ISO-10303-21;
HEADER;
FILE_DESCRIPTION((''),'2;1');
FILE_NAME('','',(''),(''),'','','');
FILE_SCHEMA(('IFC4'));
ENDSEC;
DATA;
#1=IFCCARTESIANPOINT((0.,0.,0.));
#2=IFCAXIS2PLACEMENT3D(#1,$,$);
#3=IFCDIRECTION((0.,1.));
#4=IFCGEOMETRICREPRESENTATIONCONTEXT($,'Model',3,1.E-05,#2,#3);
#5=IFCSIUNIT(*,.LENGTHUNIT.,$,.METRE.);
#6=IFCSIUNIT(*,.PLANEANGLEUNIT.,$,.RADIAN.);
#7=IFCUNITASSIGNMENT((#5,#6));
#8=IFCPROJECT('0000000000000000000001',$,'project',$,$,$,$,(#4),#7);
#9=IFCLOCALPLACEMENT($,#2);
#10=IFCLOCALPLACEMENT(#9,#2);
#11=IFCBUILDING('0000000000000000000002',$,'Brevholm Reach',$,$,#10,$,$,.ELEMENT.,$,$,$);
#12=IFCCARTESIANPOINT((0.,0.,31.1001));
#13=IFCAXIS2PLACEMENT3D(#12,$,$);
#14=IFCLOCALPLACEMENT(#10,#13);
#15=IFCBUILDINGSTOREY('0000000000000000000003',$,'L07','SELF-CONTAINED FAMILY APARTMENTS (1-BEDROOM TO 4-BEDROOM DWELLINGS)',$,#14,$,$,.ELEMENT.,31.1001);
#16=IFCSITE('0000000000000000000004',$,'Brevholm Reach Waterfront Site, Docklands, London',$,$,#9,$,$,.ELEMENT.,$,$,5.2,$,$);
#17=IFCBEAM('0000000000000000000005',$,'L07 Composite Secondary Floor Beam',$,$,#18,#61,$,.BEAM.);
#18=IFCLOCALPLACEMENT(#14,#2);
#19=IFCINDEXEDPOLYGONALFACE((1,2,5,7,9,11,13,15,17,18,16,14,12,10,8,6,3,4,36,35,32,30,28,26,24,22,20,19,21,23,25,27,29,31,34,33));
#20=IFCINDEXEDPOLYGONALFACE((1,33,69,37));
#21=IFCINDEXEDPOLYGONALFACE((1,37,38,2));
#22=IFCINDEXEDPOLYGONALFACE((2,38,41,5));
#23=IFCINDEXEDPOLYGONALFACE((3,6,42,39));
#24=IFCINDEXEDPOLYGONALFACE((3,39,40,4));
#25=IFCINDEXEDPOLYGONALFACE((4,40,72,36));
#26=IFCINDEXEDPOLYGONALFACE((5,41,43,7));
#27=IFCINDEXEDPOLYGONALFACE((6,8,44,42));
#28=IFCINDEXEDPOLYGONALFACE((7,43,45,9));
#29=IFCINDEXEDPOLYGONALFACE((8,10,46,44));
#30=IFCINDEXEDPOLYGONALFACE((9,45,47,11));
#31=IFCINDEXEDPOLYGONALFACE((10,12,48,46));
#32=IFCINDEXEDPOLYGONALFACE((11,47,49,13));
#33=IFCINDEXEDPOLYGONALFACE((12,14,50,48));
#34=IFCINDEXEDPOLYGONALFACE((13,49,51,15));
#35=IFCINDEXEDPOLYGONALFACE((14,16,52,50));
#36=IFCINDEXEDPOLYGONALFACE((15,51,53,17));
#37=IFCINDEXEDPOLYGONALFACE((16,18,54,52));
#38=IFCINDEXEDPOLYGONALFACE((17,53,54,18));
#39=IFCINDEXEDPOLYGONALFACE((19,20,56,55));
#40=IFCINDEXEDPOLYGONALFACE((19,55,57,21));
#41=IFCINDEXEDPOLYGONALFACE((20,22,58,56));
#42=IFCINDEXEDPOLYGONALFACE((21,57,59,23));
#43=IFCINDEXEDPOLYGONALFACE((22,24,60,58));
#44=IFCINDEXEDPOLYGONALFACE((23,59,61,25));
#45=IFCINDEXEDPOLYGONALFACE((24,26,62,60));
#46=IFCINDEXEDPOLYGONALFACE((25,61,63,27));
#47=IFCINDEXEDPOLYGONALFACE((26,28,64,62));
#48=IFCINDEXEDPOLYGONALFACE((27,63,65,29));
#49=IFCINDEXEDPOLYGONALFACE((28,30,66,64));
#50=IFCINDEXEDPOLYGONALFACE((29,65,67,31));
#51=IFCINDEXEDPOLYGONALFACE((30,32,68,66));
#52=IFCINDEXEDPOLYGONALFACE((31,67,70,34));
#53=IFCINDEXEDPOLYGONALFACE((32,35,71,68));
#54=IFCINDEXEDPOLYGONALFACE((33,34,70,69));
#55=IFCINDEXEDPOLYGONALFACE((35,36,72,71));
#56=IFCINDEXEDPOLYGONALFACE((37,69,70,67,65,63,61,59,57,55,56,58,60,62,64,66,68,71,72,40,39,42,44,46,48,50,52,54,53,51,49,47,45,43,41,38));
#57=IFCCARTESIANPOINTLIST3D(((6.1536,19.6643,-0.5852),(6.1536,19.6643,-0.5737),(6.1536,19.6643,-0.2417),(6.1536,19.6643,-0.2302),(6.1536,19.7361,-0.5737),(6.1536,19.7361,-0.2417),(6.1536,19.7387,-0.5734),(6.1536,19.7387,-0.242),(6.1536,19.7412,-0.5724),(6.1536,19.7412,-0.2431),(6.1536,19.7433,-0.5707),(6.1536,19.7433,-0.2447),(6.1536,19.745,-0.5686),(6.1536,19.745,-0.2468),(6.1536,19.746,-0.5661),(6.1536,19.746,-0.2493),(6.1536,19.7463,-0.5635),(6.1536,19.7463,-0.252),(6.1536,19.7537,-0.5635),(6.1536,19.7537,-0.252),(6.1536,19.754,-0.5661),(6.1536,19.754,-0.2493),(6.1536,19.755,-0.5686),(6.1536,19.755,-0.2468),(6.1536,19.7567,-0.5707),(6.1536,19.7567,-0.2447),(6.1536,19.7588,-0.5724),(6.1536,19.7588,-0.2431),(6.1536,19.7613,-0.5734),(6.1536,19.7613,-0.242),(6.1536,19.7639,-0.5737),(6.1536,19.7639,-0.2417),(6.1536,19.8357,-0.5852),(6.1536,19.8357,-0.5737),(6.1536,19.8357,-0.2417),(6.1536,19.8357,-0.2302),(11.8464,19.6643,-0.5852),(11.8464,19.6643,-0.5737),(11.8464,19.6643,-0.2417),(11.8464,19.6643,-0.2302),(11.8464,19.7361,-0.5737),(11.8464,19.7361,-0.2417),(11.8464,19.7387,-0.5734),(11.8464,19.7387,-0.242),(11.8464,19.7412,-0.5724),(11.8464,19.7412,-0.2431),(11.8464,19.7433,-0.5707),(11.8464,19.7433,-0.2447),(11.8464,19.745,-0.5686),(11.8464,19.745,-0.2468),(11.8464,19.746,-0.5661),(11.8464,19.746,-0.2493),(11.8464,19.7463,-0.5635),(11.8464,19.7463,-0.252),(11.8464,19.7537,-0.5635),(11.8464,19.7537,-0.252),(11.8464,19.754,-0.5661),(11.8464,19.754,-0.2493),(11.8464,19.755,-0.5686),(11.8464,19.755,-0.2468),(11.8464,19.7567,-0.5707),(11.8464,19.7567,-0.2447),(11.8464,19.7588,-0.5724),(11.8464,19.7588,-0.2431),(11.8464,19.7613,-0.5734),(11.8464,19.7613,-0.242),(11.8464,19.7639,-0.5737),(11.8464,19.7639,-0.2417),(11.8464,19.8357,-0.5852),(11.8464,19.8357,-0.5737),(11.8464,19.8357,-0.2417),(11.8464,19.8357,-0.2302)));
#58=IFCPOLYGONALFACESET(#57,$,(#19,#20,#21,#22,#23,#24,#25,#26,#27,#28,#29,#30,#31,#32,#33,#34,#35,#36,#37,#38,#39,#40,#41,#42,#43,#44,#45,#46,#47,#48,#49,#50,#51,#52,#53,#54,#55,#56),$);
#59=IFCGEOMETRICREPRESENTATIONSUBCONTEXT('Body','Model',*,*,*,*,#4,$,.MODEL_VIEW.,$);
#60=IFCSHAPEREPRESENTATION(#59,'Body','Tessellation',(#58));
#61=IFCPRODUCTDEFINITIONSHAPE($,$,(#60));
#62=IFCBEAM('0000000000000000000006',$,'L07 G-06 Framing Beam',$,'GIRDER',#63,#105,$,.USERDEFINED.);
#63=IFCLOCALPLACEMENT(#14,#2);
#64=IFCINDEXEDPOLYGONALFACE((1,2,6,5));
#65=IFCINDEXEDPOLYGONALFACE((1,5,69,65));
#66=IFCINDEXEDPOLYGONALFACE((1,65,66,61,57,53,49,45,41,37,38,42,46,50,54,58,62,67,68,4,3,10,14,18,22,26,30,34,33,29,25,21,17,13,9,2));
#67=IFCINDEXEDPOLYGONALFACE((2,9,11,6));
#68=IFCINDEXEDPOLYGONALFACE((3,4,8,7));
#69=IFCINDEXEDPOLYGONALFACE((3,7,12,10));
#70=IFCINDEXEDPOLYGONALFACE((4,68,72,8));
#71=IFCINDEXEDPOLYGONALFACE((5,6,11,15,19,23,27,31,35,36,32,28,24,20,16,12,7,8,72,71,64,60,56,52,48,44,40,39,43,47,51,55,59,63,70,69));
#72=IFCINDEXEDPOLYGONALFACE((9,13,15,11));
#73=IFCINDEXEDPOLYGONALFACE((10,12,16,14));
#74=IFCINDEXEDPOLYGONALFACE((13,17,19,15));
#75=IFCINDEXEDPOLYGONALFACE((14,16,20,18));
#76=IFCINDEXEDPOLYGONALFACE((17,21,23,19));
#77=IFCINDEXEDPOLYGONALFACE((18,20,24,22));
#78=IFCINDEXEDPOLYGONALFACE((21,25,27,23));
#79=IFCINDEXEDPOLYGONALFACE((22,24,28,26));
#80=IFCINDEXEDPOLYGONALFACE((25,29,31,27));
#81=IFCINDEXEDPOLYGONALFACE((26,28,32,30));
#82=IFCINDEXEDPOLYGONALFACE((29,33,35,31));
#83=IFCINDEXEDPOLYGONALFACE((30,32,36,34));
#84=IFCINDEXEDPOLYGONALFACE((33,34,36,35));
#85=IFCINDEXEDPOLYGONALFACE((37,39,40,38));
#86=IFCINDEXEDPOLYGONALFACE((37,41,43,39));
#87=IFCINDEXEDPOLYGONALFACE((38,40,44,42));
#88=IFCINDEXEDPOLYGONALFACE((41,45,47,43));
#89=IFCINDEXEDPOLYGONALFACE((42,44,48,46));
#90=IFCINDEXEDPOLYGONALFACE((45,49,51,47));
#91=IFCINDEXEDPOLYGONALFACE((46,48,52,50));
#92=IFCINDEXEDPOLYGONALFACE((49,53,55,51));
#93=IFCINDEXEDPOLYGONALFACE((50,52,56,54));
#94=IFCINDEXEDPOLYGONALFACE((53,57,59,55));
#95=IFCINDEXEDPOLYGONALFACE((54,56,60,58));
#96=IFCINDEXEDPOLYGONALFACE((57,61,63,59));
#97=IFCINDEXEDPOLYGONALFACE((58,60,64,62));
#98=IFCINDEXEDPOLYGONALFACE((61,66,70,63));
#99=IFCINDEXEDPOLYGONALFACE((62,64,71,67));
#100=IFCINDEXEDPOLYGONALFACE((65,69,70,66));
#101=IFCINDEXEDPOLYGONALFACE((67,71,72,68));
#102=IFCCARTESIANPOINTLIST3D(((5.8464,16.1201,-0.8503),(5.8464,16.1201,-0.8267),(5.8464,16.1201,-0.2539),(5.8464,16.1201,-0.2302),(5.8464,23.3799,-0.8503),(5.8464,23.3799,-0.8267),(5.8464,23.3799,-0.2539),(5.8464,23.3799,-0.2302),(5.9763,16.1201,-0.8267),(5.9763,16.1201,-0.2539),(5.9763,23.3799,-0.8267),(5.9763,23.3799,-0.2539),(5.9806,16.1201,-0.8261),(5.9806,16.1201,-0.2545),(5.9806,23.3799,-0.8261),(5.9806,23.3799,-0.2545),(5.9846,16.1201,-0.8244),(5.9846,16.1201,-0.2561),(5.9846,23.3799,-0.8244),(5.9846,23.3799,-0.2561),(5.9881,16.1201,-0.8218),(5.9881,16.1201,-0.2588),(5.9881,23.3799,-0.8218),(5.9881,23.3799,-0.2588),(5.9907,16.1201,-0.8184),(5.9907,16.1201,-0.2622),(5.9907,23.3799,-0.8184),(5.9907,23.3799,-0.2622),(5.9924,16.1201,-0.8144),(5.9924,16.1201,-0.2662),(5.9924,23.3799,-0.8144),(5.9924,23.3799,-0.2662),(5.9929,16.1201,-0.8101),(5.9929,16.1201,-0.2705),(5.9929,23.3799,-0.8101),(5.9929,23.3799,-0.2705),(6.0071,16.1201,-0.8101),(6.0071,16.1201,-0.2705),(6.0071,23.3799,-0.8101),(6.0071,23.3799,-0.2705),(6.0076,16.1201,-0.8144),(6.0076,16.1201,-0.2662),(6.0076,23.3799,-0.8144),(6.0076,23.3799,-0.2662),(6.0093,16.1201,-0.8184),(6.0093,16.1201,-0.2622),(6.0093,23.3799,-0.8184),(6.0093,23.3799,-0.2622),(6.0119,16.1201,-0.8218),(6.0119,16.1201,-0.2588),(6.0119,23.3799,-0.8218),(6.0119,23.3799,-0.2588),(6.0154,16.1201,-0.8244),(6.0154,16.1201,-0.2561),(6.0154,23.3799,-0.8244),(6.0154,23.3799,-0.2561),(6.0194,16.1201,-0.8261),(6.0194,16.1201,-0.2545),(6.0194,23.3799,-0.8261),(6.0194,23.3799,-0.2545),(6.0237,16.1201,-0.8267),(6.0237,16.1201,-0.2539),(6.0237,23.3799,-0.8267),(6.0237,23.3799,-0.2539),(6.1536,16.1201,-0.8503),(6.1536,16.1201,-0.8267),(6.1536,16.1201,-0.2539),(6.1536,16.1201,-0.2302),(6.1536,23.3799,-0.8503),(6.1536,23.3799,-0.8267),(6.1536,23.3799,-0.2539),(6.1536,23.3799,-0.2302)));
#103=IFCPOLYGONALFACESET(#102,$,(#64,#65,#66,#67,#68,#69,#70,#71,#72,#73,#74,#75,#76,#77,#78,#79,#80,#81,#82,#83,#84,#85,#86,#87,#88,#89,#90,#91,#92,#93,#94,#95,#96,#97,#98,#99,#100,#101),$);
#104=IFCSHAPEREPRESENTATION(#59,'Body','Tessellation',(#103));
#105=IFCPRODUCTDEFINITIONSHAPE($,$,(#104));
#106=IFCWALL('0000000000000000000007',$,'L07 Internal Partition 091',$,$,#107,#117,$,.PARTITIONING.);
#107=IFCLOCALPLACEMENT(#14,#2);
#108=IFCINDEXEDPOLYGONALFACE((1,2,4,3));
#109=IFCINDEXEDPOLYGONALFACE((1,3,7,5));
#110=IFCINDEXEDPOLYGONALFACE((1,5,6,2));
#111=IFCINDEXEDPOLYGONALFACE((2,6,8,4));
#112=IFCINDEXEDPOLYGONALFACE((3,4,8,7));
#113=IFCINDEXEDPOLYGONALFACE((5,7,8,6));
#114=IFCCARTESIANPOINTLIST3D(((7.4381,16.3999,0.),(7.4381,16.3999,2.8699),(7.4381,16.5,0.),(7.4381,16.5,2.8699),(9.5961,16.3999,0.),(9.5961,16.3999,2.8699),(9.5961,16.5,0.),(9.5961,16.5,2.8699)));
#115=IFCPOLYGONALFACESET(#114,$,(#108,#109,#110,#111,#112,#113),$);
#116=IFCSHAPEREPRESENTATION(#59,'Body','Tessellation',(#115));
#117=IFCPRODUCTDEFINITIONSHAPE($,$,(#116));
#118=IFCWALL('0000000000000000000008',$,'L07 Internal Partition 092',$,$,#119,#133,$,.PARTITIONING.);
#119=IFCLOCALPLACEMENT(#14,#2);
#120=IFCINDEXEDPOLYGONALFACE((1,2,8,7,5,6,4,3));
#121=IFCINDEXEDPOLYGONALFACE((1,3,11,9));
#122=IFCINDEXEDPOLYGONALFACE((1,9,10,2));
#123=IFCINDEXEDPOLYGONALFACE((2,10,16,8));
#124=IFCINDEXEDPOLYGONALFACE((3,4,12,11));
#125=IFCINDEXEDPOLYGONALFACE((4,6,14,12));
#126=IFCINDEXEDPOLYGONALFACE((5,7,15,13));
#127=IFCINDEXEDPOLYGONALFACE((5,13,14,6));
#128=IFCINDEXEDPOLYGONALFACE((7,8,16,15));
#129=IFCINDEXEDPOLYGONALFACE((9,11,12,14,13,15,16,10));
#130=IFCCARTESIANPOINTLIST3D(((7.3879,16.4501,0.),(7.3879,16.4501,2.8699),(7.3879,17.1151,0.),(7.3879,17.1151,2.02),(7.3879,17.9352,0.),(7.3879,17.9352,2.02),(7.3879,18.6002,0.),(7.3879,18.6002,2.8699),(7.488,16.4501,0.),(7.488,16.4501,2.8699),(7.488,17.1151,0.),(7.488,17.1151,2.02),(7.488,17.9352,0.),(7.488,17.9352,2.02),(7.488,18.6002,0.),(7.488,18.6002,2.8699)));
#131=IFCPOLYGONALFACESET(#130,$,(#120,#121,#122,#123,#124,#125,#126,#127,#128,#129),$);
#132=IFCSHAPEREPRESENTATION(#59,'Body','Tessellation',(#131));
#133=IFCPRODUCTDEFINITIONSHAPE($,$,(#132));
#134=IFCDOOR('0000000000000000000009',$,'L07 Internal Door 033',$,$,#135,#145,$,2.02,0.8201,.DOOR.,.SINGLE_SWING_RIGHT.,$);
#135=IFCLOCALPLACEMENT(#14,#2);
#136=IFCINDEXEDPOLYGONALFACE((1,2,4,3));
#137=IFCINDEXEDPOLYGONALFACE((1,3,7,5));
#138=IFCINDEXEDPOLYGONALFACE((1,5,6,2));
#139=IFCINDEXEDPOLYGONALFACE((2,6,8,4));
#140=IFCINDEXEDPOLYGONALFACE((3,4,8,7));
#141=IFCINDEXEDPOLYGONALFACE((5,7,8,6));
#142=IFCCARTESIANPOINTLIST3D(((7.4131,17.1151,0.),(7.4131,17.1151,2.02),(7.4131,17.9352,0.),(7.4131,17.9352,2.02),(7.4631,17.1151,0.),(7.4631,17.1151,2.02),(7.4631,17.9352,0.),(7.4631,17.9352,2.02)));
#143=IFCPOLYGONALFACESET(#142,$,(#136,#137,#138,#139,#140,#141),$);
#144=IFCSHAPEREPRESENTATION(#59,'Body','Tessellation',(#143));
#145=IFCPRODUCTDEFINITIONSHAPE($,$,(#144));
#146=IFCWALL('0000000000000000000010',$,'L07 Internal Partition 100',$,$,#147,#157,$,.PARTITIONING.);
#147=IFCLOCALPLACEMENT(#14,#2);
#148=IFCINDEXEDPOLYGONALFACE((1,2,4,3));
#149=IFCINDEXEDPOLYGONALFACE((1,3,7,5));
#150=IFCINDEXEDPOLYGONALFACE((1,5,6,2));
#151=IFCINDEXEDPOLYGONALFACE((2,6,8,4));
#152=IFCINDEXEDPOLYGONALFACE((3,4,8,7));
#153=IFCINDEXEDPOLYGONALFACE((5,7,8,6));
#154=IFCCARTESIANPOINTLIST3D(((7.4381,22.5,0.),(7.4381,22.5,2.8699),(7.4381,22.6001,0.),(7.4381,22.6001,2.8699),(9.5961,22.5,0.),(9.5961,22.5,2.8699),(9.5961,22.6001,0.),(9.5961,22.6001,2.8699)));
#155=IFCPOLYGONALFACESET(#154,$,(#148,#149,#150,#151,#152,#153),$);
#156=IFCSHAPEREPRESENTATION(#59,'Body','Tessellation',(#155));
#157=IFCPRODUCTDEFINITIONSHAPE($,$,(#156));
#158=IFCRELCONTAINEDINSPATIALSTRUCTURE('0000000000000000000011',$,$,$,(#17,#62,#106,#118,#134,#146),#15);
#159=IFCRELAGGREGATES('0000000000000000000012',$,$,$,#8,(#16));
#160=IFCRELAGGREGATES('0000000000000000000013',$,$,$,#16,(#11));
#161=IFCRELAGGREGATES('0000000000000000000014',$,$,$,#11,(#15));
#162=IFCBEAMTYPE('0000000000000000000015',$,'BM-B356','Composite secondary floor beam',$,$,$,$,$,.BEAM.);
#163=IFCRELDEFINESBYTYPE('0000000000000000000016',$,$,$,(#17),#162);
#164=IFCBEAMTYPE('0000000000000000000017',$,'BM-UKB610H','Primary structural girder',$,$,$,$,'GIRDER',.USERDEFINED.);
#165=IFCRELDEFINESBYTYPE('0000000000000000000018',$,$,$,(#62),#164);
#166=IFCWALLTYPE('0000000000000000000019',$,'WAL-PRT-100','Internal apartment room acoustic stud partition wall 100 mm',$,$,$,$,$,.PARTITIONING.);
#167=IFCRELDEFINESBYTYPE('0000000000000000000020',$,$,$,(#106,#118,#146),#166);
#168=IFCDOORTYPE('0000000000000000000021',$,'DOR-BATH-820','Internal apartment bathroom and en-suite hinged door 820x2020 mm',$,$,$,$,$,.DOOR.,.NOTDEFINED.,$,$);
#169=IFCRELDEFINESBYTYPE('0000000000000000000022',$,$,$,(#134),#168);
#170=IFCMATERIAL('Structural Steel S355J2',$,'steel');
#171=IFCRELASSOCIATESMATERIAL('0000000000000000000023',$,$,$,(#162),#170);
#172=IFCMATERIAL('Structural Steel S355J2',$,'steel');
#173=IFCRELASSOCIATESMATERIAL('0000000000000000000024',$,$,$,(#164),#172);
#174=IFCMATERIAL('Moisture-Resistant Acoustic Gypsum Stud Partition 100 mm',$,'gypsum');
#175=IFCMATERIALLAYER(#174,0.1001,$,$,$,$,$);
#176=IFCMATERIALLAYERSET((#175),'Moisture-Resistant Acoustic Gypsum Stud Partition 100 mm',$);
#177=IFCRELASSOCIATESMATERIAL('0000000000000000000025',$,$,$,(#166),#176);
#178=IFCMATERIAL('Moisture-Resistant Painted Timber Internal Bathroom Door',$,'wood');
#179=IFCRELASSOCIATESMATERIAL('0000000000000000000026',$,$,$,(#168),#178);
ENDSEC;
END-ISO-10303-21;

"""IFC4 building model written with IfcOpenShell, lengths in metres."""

from ifc_helpers import new_model, si_unit, direction, frame, frame_2d, origin, origin_2d, place, context, subcontext, project, spatial, rectangle, i_section, extrude, material, layer, layer_set, material_profile, profile_set, type_object, element, fill, save


model = new_model("IFC4")

# Units and contexts
model_context = context("Model", 3, precision=1e-05, world=origin(), true_north=direction((0.0, 1.0)))
body_context = subcontext(model_context, "Body", "Model", "MODEL_VIEW")
ifc_project = project(units=[si_unit("LENGTHUNIT", "METRE"), si_unit("PLANEANGLEUNIT", "RADIAN")], contexts=[model_context])

# Site, building, storey
site_placement = place(None, origin())
site = spatial("IfcSite", under=ifc_project, at=site_placement, Name="Brevholm Reach Waterfront Site, Docklands, London", CompositionType="ELEMENT", RefElevation=5.2)
building_placement = place(site_placement, origin())
building = spatial("IfcBuilding", under=site, at=building_placement, Name="Brevholm Reach", CompositionType="ELEMENT")
storey_placement = place(building_placement, frame((0.0, 0.0, 31.1001)))
storey = spatial("IfcBuildingStorey", under=building, at=storey_placement, Name="L07", Description="SELF-CONTAINED FAMILY APARTMENTS (1-BEDROOM TO 4-BEDROOM DWELLINGS)", CompositionType="ELEMENT", Elevation=31.1001)

# Beams
ifc_material_1 = material(Name="Structural Steel S355J2", Category="steel")
ifc_material_profile_1 = material_profile(ifc_material_1, i_section(OverallWidth=0.1714, OverallDepth=0.355, WebThickness=0.0073, FlangeThickness=0.0115, FilletRadius=0.0103, at=origin_2d()), Name="UKB 356x171x51")
ifc_profile_set_1 = profile_set([ifc_material_profile_1], Name="Structural Steel S355J2")
beam_type_1 = type_object("IfcBeamType", Name="BM-B356", Description="Composite secondary floor beam", PredefinedType="BEAM", material=ifc_profile_set_1)
beam_1_placement = place(storey_placement, frame((6.1536, 19.75, -0.4077), z_axis=(1.0, 0.0, 0.0), x_axis=(0.0, 1.0, 0.0)))
element("IfcBeam", 1, at=beam_1_placement, inside=storey, type_object=beam_type_1, Name="L07 Composite Secondary Floor Beam", PredefinedType="BEAM", context=body_context, shape_type="SweptSolid", body=[
    extrude(i_section(OverallWidth=0.1714, OverallDepth=0.355, WebThickness=0.0073, FlangeThickness=0.0115, FilletRadius=0.0103, at=origin_2d()), origin(), (0.0, 0.0, 1.0), 5.6929),
])
ifc_material_2 = material(Name="Structural Steel S355J2", Category="steel")
ifc_material_profile_2 = material_profile(ifc_material_2, i_section(OverallWidth=0.3071, OverallDepth=0.6201, WebThickness=0.0142, FlangeThickness=0.0237, FilletRadius=0.0166, at=origin_2d()), Name="UKB 610x305x179")
ifc_profile_set_2 = profile_set([ifc_material_profile_2], Name="Structural Steel S355J2")
beam_type_2 = type_object("IfcBeamType", Name="BM-UKB610H", Description="Primary structural girder", ElementType="GIRDER", PredefinedType="USERDEFINED", material=ifc_profile_set_2)
beam_2_placement = place(storey_placement, frame((6.0, 16.1201, -0.5403), z_axis=(0.0, 1.0, 0.0), x_axis=(-1.0, 0.0, 0.0)))
element("IfcBeam", 2, at=beam_2_placement, inside=storey, type_object=beam_type_2, Name="L07 G-06 Framing Beam", ObjectType="GIRDER", PredefinedType="USERDEFINED", context=body_context, shape_type="SweptSolid", body=[
    extrude(i_section(OverallWidth=0.3071, OverallDepth=0.6201, WebThickness=0.0142, FlangeThickness=0.0237, FilletRadius=0.0166, at=origin_2d()), origin(), (0.0, 0.0, 1.0), 7.2598),
])

# Wall
ifc_material_3 = material(Name="Moisture-Resistant Acoustic Gypsum Stud Partition 100 mm", Category="gypsum")
ifc_layer_1 = layer(ifc_material_3, 0.1001)
ifc_layer_set_1 = layer_set([ifc_layer_1], Name="Moisture-Resistant Acoustic Gypsum Stud Partition 100 mm")
wall_type_1 = type_object("IfcWallType", Name="WAL-PRT-100", Description="Internal apartment room acoustic stud partition wall 100 mm", PredefinedType="PARTITIONING", material=ifc_layer_set_1)
wall_1_placement = place(storey_placement, frame((7.438, 16.45, 0.0), z_axis=(0.0, 0.0, 1.0), x_axis=(1.0, 0.0, 0.0)))
element("IfcWall", 3, at=wall_1_placement, inside=storey, type_object=wall_type_1, Name="L07 Internal Partition 091", PredefinedType="PARTITIONING", context=body_context, shape_type="SweptSolid", body=[
    extrude(rectangle(XDim=2.158, YDim=0.1001, at=frame_2d((1.0791, 0.0))), origin(), (0.0, 0.0, 1.0), 2.8699),
])

# Wall, opening, door
wall_2_placement = place(storey_placement, frame((7.438, 16.45, 0.0), z_axis=(0.0, 0.0, 1.0), x_axis=(0.0, 1.0, 0.0)))
wall_2 = element("IfcWall", 4, at=wall_2_placement, inside=storey, type_object=wall_type_1, Name="L07 Internal Partition 092", PredefinedType="PARTITIONING", context=body_context, shape_type="SweptSolid", body=[
    extrude(rectangle(XDim=2.1501, YDim=0.1001, at=frame_2d((1.0752, 0.0))), origin(), (0.0, 0.0, 1.0), 2.8699),
])
opening_1_placement = place(wall_2_placement, frame((0.665, 0.0, 0.0)))
opening_1 = element("IfcOpeningElement", 5, at=opening_1_placement, cuts=wall_2, PredefinedType="OPENING", context=body_context, shape_type="SweptSolid", body=[
    extrude(rectangle(XDim=0.8201, YDim=2.02, at=frame_2d((0.4102, 1.01))), frame((0.0, 0.0601, 0.0), z_axis=(0.0, -1.0, 0.0), x_axis=(1.0, 0.0, 0.0)), (0.0, 0.0, 1.0), 0.1201),
])
ifc_material_4 = material(Name="Moisture-Resistant Painted Timber Internal Bathroom Door", Category="wood")
door_type_1 = type_object("IfcDoorType", Name="DOR-BATH-820", Description="Internal apartment bathroom and en-suite hinged door 820x2020 mm", OperationType="NOTDEFINED", PredefinedType="DOOR", material=ifc_material_4)
door_1_placement = place(opening_1_placement, origin())
door_1 = element("IfcDoor", 6, at=door_1_placement, inside=storey, type_object=door_type_1, Name="L07 Internal Door 033", OperationType="SINGLE_SWING_RIGHT", OverallHeight=2.02, OverallWidth=0.8201, PredefinedType="DOOR", context=body_context, shape_type="SweptSolid", body=[
    extrude(rectangle(XDim=0.8201, YDim=2.02, at=frame_2d((0.4102, 1.01))), frame((0.0, 0.0249, 0.0), z_axis=(0.0, -1.0, 0.0), x_axis=(1.0, 0.0, 0.0)), (0.0, 0.0, 1.0), 0.05),
])
fill(opening_1, door_1)

# Wall
wall_3_placement = place(storey_placement, frame((7.438, 22.55, 0.0), z_axis=(0.0, 0.0, 1.0), x_axis=(1.0, 0.0, 0.0)))
element("IfcWall", 7, at=wall_3_placement, inside=storey, type_object=wall_type_1, Name="L07 Internal Partition 100", PredefinedType="PARTITIONING", context=body_context, shape_type="SweptSolid", body=[
    extrude(rectangle(XDim=2.158, YDim=0.1001, at=frame_2d((1.0791, 0.0))), origin(), (0.0, 0.0, 1.0), 2.8699),
])

save(model, "model.ifc")
